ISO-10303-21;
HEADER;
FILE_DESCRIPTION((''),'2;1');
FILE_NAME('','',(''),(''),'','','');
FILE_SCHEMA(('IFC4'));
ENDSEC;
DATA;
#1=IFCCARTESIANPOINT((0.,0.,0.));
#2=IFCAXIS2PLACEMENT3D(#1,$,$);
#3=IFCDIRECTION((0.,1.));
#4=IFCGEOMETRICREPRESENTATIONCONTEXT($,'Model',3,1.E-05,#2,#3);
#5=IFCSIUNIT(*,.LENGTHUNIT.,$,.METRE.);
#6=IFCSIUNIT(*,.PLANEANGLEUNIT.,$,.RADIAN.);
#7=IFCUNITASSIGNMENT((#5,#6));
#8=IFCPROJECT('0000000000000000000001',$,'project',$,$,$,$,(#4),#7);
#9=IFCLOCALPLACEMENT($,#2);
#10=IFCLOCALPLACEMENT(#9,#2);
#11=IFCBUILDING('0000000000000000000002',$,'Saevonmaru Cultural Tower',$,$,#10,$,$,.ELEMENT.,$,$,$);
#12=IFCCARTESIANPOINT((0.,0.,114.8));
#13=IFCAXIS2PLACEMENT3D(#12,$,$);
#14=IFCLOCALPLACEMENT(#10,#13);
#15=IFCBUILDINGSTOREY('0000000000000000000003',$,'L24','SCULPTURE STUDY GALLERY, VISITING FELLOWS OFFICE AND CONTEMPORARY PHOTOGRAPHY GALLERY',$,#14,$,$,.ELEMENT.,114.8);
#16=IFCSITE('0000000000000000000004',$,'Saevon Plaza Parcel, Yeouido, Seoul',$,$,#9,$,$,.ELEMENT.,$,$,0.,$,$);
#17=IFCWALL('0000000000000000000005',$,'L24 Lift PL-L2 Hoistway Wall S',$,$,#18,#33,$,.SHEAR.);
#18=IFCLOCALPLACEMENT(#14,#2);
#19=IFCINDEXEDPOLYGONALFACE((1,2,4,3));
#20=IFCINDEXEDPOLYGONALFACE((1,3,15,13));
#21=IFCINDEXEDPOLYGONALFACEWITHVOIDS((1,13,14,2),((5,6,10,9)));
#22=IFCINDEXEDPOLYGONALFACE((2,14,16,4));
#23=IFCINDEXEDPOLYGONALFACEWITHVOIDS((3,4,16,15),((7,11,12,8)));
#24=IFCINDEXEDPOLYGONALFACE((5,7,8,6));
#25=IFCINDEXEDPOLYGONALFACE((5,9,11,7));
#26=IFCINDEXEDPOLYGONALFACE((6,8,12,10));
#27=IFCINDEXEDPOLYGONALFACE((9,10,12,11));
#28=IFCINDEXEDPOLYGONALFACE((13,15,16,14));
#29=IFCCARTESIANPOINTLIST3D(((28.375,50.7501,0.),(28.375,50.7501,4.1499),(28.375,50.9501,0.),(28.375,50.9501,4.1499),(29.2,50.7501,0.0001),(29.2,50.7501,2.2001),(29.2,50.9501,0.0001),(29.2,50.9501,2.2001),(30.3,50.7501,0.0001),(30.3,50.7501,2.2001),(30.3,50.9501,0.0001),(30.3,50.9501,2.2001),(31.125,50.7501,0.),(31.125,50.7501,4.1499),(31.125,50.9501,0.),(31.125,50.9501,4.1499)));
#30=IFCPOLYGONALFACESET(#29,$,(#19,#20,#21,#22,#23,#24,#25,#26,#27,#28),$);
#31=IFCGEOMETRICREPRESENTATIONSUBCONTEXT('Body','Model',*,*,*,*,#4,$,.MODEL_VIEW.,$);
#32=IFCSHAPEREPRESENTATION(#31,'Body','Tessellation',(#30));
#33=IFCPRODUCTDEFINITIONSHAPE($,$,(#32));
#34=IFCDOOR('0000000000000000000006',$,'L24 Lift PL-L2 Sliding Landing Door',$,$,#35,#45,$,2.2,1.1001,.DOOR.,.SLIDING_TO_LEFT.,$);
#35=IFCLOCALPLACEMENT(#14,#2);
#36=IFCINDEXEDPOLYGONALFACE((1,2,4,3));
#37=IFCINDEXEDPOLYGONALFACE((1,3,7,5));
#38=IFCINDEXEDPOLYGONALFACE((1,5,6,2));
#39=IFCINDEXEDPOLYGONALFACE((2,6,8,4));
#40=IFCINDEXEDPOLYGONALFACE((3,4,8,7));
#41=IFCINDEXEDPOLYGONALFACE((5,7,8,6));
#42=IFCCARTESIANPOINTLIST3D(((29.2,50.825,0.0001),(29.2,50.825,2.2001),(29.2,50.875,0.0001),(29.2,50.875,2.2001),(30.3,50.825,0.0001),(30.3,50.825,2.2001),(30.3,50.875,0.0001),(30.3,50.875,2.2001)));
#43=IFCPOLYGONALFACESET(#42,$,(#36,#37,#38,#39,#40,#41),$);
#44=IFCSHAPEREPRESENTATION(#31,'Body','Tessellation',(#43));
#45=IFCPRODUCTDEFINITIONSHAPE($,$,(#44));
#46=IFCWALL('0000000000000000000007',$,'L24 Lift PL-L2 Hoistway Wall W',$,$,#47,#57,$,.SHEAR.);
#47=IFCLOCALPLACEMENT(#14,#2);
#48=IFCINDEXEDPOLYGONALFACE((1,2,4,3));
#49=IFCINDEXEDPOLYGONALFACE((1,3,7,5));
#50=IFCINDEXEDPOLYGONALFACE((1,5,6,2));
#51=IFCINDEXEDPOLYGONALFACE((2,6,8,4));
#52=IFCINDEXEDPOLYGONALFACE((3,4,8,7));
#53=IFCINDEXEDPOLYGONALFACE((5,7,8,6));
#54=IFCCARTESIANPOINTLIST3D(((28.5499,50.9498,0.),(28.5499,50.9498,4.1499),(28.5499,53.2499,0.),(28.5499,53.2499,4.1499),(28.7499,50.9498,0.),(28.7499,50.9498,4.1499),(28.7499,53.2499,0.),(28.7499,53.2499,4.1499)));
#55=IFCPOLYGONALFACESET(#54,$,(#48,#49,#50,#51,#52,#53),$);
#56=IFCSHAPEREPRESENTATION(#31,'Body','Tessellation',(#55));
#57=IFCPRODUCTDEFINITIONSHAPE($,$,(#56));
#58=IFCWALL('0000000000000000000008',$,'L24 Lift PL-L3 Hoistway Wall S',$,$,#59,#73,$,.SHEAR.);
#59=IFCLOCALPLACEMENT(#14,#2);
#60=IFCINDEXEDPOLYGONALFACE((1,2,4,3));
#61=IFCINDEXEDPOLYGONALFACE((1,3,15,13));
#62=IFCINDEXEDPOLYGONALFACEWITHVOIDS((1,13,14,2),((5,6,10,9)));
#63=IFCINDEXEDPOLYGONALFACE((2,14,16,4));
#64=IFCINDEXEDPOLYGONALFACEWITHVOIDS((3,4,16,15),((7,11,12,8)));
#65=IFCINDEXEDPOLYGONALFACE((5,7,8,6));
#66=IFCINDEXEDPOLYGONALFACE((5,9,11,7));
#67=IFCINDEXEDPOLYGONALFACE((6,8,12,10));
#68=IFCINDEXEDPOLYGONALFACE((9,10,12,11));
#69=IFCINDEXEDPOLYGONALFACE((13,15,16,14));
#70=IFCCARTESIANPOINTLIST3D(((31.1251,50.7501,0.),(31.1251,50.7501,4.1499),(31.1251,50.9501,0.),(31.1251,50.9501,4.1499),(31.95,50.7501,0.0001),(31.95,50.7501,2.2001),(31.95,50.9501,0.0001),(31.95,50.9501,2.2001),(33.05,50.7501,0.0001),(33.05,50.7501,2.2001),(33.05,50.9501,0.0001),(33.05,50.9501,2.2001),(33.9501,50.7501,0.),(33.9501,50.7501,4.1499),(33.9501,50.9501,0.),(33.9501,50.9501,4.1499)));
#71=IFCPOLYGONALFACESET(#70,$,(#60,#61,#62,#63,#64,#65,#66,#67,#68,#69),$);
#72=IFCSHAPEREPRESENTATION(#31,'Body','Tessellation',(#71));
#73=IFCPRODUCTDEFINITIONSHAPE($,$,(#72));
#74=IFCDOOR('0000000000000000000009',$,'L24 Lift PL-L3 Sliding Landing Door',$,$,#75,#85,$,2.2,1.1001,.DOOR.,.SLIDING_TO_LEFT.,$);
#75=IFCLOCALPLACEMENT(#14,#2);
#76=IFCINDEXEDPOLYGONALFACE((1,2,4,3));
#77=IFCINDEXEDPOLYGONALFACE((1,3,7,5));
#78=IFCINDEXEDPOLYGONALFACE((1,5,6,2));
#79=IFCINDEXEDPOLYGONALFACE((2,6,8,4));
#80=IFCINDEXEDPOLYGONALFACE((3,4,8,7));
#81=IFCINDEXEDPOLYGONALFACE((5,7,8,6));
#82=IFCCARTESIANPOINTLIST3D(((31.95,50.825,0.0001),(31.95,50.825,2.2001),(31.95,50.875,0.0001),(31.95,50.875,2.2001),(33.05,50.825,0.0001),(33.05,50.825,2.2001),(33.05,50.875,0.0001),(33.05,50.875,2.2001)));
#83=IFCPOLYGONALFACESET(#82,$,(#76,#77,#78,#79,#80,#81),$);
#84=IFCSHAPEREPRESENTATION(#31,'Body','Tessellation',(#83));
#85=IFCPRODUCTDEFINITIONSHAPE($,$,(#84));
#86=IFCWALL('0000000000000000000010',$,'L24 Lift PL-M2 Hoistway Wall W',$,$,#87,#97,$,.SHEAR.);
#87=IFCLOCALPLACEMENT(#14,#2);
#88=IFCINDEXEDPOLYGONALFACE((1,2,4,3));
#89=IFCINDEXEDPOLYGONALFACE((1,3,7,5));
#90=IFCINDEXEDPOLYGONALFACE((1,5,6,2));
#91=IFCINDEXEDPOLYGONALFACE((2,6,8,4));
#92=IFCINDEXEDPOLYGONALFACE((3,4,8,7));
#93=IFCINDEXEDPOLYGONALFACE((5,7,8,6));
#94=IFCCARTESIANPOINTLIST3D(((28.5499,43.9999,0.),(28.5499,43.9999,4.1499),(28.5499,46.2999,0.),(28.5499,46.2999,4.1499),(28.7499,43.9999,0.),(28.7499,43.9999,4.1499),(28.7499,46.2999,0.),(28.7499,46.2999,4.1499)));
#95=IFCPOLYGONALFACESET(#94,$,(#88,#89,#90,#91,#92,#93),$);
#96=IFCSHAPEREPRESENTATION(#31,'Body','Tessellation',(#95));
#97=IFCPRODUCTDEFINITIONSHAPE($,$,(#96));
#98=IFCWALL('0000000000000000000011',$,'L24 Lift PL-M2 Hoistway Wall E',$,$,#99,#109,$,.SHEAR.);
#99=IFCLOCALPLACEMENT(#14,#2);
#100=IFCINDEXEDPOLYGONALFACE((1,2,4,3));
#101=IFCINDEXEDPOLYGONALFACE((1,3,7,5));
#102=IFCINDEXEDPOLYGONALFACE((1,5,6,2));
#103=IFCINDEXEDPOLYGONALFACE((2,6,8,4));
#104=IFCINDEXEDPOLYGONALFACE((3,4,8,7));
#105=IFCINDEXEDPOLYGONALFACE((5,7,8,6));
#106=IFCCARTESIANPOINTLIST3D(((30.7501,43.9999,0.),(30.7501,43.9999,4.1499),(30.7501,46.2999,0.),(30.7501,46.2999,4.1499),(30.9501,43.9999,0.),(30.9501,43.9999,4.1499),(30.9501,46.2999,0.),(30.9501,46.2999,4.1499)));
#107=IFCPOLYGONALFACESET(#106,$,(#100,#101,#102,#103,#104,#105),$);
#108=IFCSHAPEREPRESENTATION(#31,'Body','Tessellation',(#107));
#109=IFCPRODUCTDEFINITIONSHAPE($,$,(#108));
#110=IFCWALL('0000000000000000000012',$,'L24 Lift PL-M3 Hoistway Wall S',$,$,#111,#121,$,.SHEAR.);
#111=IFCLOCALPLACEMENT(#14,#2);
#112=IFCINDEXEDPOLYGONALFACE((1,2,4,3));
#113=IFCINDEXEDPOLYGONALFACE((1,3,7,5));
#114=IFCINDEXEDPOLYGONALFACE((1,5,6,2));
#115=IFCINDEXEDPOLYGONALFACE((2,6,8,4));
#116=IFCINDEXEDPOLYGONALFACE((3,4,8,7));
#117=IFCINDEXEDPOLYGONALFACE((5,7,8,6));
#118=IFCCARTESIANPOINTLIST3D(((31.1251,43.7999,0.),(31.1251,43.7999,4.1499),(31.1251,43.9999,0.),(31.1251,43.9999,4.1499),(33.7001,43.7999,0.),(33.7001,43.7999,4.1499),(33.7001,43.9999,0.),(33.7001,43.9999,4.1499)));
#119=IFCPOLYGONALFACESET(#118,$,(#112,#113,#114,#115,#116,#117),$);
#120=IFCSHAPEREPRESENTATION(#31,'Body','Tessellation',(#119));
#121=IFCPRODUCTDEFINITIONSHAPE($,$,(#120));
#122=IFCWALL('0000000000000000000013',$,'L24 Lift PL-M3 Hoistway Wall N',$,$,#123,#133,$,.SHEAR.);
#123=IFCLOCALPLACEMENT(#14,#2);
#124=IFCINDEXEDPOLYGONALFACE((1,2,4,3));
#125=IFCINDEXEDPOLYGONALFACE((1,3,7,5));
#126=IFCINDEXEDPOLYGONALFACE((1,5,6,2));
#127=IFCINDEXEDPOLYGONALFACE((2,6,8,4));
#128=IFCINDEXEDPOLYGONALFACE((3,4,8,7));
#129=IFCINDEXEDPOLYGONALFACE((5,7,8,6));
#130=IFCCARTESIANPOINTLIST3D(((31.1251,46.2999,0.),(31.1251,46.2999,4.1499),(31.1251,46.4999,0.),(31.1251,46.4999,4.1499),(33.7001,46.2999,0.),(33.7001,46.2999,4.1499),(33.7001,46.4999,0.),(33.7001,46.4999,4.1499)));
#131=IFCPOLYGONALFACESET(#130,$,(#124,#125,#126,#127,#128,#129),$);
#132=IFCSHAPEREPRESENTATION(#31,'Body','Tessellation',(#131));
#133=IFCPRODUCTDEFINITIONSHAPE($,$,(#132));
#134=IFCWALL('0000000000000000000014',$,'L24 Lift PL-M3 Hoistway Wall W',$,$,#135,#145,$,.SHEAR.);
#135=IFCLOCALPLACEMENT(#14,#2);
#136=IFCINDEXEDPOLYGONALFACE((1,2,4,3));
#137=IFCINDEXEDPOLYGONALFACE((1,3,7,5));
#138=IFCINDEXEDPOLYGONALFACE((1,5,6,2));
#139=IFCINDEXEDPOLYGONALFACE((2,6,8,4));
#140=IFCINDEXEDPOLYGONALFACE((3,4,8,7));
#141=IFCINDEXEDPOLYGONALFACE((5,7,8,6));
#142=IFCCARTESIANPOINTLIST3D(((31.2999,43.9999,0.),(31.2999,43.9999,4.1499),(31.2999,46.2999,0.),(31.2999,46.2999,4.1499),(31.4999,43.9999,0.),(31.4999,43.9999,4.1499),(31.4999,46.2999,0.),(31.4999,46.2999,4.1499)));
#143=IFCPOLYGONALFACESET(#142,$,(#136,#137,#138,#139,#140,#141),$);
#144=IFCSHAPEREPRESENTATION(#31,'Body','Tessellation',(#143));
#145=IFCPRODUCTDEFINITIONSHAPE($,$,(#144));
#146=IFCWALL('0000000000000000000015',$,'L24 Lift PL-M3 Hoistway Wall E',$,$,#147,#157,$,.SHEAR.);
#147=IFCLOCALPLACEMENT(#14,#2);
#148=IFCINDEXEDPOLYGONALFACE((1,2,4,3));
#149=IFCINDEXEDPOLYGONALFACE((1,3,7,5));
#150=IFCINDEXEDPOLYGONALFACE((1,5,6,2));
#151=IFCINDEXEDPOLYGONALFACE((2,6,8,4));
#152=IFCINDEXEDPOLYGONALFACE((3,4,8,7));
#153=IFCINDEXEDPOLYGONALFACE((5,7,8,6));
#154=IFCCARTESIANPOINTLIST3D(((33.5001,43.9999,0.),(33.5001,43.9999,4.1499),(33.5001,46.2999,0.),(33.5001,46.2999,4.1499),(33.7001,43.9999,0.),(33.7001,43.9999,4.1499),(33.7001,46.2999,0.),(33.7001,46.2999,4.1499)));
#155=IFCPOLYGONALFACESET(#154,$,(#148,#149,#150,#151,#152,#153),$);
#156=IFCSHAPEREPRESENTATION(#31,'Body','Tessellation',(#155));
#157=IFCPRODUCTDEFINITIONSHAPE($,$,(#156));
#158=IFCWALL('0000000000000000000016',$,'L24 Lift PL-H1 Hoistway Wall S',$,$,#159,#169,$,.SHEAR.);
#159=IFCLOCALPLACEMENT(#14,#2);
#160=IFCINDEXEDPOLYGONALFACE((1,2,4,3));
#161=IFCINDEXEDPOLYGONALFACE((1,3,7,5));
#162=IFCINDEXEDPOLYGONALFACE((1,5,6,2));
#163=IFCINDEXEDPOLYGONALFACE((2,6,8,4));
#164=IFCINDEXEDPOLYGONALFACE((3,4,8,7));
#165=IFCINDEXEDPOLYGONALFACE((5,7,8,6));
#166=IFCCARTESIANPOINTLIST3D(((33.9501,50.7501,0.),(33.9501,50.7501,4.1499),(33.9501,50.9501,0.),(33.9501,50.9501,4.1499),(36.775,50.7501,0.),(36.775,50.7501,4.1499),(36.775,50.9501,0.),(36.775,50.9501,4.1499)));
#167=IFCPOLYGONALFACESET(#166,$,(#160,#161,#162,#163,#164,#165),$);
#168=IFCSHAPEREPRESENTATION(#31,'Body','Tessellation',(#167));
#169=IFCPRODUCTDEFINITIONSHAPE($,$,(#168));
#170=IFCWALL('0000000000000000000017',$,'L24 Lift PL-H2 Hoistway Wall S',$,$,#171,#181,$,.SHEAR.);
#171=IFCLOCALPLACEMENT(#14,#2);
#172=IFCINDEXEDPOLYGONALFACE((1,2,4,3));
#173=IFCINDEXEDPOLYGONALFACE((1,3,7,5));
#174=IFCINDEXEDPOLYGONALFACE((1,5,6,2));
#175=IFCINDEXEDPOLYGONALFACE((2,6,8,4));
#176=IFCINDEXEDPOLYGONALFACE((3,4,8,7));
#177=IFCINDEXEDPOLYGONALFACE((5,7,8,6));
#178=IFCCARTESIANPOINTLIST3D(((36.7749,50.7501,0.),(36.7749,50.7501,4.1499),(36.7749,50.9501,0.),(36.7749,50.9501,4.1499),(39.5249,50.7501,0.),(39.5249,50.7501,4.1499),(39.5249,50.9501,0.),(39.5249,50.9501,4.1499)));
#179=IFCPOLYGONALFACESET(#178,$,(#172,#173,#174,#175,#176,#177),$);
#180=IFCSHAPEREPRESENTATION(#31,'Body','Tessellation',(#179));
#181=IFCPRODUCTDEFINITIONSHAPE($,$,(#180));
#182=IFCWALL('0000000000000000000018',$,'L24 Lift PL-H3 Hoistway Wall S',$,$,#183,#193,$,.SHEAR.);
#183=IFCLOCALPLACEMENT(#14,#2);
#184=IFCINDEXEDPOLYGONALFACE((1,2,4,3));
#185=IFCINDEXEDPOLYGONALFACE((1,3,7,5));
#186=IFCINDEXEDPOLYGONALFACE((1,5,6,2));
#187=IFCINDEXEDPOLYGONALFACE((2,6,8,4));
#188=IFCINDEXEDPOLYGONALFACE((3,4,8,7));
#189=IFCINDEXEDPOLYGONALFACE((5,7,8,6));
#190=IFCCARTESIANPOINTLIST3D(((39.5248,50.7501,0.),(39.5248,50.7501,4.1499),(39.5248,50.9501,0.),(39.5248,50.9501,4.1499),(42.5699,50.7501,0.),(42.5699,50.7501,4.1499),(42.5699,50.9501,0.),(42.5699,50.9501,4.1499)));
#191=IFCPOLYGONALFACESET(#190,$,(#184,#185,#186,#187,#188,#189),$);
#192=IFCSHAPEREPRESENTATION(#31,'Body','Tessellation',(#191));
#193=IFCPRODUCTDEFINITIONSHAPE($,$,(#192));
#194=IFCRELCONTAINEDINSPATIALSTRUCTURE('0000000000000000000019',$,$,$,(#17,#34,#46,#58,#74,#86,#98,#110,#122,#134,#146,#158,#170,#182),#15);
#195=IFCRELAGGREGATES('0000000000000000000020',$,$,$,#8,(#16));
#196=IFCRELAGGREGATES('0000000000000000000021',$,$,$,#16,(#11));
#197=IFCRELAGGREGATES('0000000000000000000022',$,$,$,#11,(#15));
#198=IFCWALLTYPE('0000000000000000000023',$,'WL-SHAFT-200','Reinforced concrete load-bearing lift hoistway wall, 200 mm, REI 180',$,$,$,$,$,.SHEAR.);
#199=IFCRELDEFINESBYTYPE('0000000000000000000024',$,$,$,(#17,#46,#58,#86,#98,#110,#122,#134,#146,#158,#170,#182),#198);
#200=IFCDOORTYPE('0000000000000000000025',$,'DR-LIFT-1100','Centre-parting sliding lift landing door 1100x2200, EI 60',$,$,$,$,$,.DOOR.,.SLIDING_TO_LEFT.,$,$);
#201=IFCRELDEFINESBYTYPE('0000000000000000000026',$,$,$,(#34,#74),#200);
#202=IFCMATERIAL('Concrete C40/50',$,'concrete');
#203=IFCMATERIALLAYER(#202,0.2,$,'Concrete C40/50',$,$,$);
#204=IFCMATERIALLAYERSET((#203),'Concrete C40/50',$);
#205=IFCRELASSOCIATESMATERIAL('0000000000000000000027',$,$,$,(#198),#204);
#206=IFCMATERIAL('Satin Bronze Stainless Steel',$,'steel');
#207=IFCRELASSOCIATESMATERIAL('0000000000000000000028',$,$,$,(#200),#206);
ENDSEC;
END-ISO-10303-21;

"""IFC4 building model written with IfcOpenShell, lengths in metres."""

from ifc_helpers import new_model, si_unit, direction, frame, frame_2d, origin, place, context, subcontext, project, spatial, rectangle, extrude, material, layer, layer_set, type_object, element, fill, save


model = new_model("IFC4")

# Units and contexts
model_context = context("Model", 3, precision=1e-05, world=origin(), true_north=direction((0.0, 1.0)))
body_context = subcontext(model_context, "Body", "Model", "MODEL_VIEW")
ifc_project = project(units=[si_unit("LENGTHUNIT", "METRE"), si_unit("PLANEANGLEUNIT", "RADIAN")], contexts=[model_context])

# Site, building, storey
site_placement = place(None, origin())
site = spatial("IfcSite", under=ifc_project, at=site_placement, Name="Saevon Plaza Parcel, Yeouido, Seoul", CompositionType="ELEMENT", RefElevation=0.0)
building_placement = place(site_placement, origin())
building = spatial("IfcBuilding", under=site, at=building_placement, Name="Saevonmaru Cultural Tower", CompositionType="ELEMENT")
storey_placement = place(building_placement, frame((0.0, 0.0, 114.8)))
storey = spatial("IfcBuildingStorey", under=building, at=storey_placement, Name="L24", Description="SCULPTURE STUDY GALLERY, VISITING FELLOWS OFFICE AND CONTEMPORARY PHOTOGRAPHY GALLERY", CompositionType="ELEMENT", Elevation=114.8)

# Wall, opening, door
ifc_material_1 = material(Name="Concrete C40/50", Category="concrete")
ifc_layer_1 = layer(ifc_material_1, 0.2, Name="Concrete C40/50")
ifc_layer_set_1 = layer_set([ifc_layer_1], Name="Concrete C40/50")
wall_type_1 = type_object("IfcWallType", Name="WL-SHAFT-200", Description="Reinforced concrete load-bearing lift hoistway wall, 200 mm, REI 180", PredefinedType="SHEAR", material=ifc_layer_set_1)
wall_1_placement = place(storey_placement, frame((28.375, 50.8501, 0.0), z_axis=(0.0, 0.0, 1.0), x_axis=(1.0, 0.0, 0.0)))
wall_1 = element("IfcWall", 1, at=wall_1_placement, inside=storey, type_object=wall_type_1, Name="L24 Lift PL-L2 Hoistway Wall S", PredefinedType="SHEAR", context=body_context, shape_type="SweptSolid", body=[
    extrude(rectangle(XDim=2.75, YDim=0.2, at=frame_2d((1.375, 0.0))), origin(), (0.0, 0.0, 1.0), 4.1499),
])
opening_1_placement = place(wall_1_placement, frame((0.825, 0.0, 0.0)))
opening_1 = element("IfcOpeningElement", 2, at=opening_1_placement, cuts=wall_1, PredefinedType="OPENING", context=body_context, shape_type="SweptSolid", body=[
    extrude(rectangle(XDim=1.1001, YDim=2.2, at=frame_2d((0.55, 1.1001))), frame((0.0, 0.1099, 0.0), z_axis=(0.0, -1.0, 0.0), x_axis=(1.0, 0.0, 0.0)), (0.0, 0.0, 1.0), 0.22),
])
ifc_material_2 = material(Name="Satin Bronze Stainless Steel", Category="steel")
door_type_1 = type_object("IfcDoorType", Name="DR-LIFT-1100", Description="Centre-parting sliding lift landing door 1100x2200, EI 60", OperationType="SLIDING_TO_LEFT", PredefinedType="DOOR", material=ifc_material_2)
door_1_placement = place(opening_1_placement, origin())
door_1 = element("IfcDoor", 3, at=door_1_placement, inside=storey, type_object=door_type_1, Name="L24 Lift PL-L2 Sliding Landing Door", OperationType="SLIDING_TO_LEFT", OverallHeight=2.2, OverallWidth=1.1001, PredefinedType="DOOR", context=body_context, shape_type="SweptSolid", body=[
    extrude(rectangle(XDim=1.1001, YDim=2.2, at=frame_2d((0.55, 1.1001))), frame((0.0, 0.0249, 0.0), z_axis=(0.0, -1.0, 0.0), x_axis=(1.0, 0.0, 0.0)), (0.0, 0.0, 1.0), 0.05),
])
fill(opening_1, door_1)

# Wall
wall_2_placement = place(storey_placement, frame((28.6499, 50.95, 0.0), z_axis=(0.0, 0.0, 1.0), x_axis=(0.0, 1.0, 0.0)))
element("IfcWall", 4, at=wall_2_placement, inside=storey, type_object=wall_type_1, Name="L24 Lift PL-L2 Hoistway Wall W", PredefinedType="SHEAR", context=body_context, shape_type="SweptSolid", body=[
    extrude(rectangle(XDim=2.3, YDim=0.2, at=frame_2d((1.1499, 0.0))), origin(), (0.0, 0.0, 1.0), 4.1499),
])

# Wall, opening, door
wall_3_placement = place(storey_placement, frame((31.125, 50.8501, 0.0), z_axis=(0.0, 0.0, 1.0), x_axis=(1.0, 0.0, 0.0)))
wall_3 = element("IfcWall", 5, at=wall_3_placement, inside=storey, type_object=wall_type_1, Name="L24 Lift PL-L3 Hoistway Wall S", PredefinedType="SHEAR", context=body_context, shape_type="SweptSolid", body=[
    extrude(rectangle(XDim=2.825, YDim=0.2, at=frame_2d((1.4126, 0.0))), origin(), (0.0, 0.0, 1.0), 4.1499),
])
opening_2_placement = place(wall_3_placement, frame((0.825, 0.0, 0.0)))
opening_2 = element("IfcOpeningElement", 6, at=opening_2_placement, cuts=wall_3, PredefinedType="OPENING", context=body_context, shape_type="SweptSolid", body=[
    extrude(rectangle(XDim=1.1001, YDim=2.2, at=frame_2d((0.55, 1.1001))), frame((0.0, 0.1099, 0.0), z_axis=(0.0, -1.0, 0.0), x_axis=(1.0, 0.0, 0.0)), (0.0, 0.0, 1.0), 0.22),
])
door_2_placement = place(opening_2_placement, origin())
door_2 = element("IfcDoor", 7, at=door_2_placement, inside=storey, type_object=door_type_1, Name="L24 Lift PL-L3 Sliding Landing Door", OperationType="SLIDING_TO_LEFT", OverallHeight=2.2, OverallWidth=1.1001, PredefinedType="DOOR", context=body_context, shape_type="SweptSolid", body=[
    extrude(rectangle(XDim=1.1001, YDim=2.2, at=frame_2d((0.55, 1.1001))), frame((0.0, 0.0249, 0.0), z_axis=(0.0, -1.0, 0.0), x_axis=(1.0, 0.0, 0.0)), (0.0, 0.0, 1.0), 0.05),
])
fill(opening_2, door_2)

# Walls
for number, where, z_axis, x_axis, name in (
    (8, (28.6499, 44.0, 0.0), (0.0, 0.0, 1.0), (0.0, 1.0, 0.0), "L24 Lift PL-M2 Hoistway Wall W"),
    (9, (30.8501, 44.0, 0.0), (0.0, 0.0, 1.0), (0.0, 1.0, 0.0), "L24 Lift PL-M2 Hoistway Wall E"),
):
    element("IfcWall", number, at=place(storey_placement, frame(where, z_axis=z_axis, x_axis=x_axis)), inside=storey, type_object=wall_type_1, Name=name, PredefinedType="SHEAR", context=body_context, shape_type="SweptSolid", body=[
        extrude(rectangle(XDim=2.3, YDim=0.2, at=frame_2d((1.1499, 0.0))), origin(), (0.0, 0.0, 1.0), 4.1499),
    ])
for number, where, z_axis, x_axis, name in (
    (10, (31.125, 43.8999, 0.0), (0.0, 0.0, 1.0), (1.0, 0.0, 0.0), "L24 Lift PL-M3 Hoistway Wall S"),
    (11, (31.125, 46.3999, 0.0), (0.0, 0.0, 1.0), (1.0, 0.0, 0.0), "L24 Lift PL-M3 Hoistway Wall N"),
):
    element("IfcWall", number, at=place(storey_placement, frame(where, z_axis=z_axis, x_axis=x_axis)), inside=storey, type_object=wall_type_1, Name=name, PredefinedType="SHEAR", context=body_context, shape_type="SweptSolid", body=[
        extrude(rectangle(XDim=2.575, YDim=0.2, at=frame_2d((1.2876, 0.0))), origin(), (0.0, 0.0, 1.0), 4.1499),
    ])
for number, where, z_axis, x_axis, name in (
    (12, (31.3999, 44.0, 0.0), (0.0, 0.0, 1.0), (0.0, 1.0, 0.0), "L24 Lift PL-M3 Hoistway Wall W"),
    (13, (33.6001, 44.0, 0.0), (0.0, 0.0, 1.0), (0.0, 1.0, 0.0), "L24 Lift PL-M3 Hoistway Wall E"),
):
    element("IfcWall", number, at=place(storey_placement, frame(where, z_axis=z_axis, x_axis=x_axis)), inside=storey, type_object=wall_type_1, Name=name, PredefinedType="SHEAR", context=body_context, shape_type="SweptSolid", body=[
        extrude(rectangle(XDim=2.3, YDim=0.2, at=frame_2d((1.1499, 0.0))), origin(), (0.0, 0.0, 1.0), 4.1499),
    ])
wall_4_placement = place(storey_placement, frame((33.95, 50.8501, 0.0), z_axis=(0.0, 0.0, 1.0), x_axis=(1.0, 0.0, 0.0)))
element("IfcWall", 14, at=wall_4_placement, inside=storey, type_object=wall_type_1, Name="L24 Lift PL-H1 Hoistway Wall S", PredefinedType="SHEAR", context=body_context, shape_type="SweptSolid", body=[
    extrude(rectangle(XDim=2.825, YDim=0.2, at=frame_2d((1.4126, 0.0))), origin(), (0.0, 0.0, 1.0), 4.1499),
])
wall_5_placement = place(storey_placement, frame((36.7749, 50.8501, 0.0), z_axis=(0.0, 0.0, 1.0), x_axis=(1.0, 0.0, 0.0)))
element("IfcWall", 15, at=wall_5_placement, inside=storey, type_object=wall_type_1, Name="L24 Lift PL-H2 Hoistway Wall S", PredefinedType="SHEAR", context=body_context, shape_type="SweptSolid", body=[
    extrude(rectangle(XDim=2.75, YDim=0.2, at=frame_2d((1.375, 0.0))), origin(), (0.0, 0.0, 1.0), 4.1499),
])
wall_6_placement = place(storey_placement, frame((39.5249, 50.8501, 0.0), z_axis=(0.0, 0.0, 1.0), x_axis=(1.0, 0.0, 0.0)))
element("IfcWall", 16, at=wall_6_placement, inside=storey, type_object=wall_type_1, Name="L24 Lift PL-H3 Hoistway Wall S", PredefinedType="SHEAR", context=body_context, shape_type="SweptSolid", body=[
    extrude(rectangle(XDim=3.0452, YDim=0.2, at=frame_2d((1.5225, 0.0))), origin(), (0.0, 0.0, 1.0), 4.1499),
])

save(model, "model.ifc")
